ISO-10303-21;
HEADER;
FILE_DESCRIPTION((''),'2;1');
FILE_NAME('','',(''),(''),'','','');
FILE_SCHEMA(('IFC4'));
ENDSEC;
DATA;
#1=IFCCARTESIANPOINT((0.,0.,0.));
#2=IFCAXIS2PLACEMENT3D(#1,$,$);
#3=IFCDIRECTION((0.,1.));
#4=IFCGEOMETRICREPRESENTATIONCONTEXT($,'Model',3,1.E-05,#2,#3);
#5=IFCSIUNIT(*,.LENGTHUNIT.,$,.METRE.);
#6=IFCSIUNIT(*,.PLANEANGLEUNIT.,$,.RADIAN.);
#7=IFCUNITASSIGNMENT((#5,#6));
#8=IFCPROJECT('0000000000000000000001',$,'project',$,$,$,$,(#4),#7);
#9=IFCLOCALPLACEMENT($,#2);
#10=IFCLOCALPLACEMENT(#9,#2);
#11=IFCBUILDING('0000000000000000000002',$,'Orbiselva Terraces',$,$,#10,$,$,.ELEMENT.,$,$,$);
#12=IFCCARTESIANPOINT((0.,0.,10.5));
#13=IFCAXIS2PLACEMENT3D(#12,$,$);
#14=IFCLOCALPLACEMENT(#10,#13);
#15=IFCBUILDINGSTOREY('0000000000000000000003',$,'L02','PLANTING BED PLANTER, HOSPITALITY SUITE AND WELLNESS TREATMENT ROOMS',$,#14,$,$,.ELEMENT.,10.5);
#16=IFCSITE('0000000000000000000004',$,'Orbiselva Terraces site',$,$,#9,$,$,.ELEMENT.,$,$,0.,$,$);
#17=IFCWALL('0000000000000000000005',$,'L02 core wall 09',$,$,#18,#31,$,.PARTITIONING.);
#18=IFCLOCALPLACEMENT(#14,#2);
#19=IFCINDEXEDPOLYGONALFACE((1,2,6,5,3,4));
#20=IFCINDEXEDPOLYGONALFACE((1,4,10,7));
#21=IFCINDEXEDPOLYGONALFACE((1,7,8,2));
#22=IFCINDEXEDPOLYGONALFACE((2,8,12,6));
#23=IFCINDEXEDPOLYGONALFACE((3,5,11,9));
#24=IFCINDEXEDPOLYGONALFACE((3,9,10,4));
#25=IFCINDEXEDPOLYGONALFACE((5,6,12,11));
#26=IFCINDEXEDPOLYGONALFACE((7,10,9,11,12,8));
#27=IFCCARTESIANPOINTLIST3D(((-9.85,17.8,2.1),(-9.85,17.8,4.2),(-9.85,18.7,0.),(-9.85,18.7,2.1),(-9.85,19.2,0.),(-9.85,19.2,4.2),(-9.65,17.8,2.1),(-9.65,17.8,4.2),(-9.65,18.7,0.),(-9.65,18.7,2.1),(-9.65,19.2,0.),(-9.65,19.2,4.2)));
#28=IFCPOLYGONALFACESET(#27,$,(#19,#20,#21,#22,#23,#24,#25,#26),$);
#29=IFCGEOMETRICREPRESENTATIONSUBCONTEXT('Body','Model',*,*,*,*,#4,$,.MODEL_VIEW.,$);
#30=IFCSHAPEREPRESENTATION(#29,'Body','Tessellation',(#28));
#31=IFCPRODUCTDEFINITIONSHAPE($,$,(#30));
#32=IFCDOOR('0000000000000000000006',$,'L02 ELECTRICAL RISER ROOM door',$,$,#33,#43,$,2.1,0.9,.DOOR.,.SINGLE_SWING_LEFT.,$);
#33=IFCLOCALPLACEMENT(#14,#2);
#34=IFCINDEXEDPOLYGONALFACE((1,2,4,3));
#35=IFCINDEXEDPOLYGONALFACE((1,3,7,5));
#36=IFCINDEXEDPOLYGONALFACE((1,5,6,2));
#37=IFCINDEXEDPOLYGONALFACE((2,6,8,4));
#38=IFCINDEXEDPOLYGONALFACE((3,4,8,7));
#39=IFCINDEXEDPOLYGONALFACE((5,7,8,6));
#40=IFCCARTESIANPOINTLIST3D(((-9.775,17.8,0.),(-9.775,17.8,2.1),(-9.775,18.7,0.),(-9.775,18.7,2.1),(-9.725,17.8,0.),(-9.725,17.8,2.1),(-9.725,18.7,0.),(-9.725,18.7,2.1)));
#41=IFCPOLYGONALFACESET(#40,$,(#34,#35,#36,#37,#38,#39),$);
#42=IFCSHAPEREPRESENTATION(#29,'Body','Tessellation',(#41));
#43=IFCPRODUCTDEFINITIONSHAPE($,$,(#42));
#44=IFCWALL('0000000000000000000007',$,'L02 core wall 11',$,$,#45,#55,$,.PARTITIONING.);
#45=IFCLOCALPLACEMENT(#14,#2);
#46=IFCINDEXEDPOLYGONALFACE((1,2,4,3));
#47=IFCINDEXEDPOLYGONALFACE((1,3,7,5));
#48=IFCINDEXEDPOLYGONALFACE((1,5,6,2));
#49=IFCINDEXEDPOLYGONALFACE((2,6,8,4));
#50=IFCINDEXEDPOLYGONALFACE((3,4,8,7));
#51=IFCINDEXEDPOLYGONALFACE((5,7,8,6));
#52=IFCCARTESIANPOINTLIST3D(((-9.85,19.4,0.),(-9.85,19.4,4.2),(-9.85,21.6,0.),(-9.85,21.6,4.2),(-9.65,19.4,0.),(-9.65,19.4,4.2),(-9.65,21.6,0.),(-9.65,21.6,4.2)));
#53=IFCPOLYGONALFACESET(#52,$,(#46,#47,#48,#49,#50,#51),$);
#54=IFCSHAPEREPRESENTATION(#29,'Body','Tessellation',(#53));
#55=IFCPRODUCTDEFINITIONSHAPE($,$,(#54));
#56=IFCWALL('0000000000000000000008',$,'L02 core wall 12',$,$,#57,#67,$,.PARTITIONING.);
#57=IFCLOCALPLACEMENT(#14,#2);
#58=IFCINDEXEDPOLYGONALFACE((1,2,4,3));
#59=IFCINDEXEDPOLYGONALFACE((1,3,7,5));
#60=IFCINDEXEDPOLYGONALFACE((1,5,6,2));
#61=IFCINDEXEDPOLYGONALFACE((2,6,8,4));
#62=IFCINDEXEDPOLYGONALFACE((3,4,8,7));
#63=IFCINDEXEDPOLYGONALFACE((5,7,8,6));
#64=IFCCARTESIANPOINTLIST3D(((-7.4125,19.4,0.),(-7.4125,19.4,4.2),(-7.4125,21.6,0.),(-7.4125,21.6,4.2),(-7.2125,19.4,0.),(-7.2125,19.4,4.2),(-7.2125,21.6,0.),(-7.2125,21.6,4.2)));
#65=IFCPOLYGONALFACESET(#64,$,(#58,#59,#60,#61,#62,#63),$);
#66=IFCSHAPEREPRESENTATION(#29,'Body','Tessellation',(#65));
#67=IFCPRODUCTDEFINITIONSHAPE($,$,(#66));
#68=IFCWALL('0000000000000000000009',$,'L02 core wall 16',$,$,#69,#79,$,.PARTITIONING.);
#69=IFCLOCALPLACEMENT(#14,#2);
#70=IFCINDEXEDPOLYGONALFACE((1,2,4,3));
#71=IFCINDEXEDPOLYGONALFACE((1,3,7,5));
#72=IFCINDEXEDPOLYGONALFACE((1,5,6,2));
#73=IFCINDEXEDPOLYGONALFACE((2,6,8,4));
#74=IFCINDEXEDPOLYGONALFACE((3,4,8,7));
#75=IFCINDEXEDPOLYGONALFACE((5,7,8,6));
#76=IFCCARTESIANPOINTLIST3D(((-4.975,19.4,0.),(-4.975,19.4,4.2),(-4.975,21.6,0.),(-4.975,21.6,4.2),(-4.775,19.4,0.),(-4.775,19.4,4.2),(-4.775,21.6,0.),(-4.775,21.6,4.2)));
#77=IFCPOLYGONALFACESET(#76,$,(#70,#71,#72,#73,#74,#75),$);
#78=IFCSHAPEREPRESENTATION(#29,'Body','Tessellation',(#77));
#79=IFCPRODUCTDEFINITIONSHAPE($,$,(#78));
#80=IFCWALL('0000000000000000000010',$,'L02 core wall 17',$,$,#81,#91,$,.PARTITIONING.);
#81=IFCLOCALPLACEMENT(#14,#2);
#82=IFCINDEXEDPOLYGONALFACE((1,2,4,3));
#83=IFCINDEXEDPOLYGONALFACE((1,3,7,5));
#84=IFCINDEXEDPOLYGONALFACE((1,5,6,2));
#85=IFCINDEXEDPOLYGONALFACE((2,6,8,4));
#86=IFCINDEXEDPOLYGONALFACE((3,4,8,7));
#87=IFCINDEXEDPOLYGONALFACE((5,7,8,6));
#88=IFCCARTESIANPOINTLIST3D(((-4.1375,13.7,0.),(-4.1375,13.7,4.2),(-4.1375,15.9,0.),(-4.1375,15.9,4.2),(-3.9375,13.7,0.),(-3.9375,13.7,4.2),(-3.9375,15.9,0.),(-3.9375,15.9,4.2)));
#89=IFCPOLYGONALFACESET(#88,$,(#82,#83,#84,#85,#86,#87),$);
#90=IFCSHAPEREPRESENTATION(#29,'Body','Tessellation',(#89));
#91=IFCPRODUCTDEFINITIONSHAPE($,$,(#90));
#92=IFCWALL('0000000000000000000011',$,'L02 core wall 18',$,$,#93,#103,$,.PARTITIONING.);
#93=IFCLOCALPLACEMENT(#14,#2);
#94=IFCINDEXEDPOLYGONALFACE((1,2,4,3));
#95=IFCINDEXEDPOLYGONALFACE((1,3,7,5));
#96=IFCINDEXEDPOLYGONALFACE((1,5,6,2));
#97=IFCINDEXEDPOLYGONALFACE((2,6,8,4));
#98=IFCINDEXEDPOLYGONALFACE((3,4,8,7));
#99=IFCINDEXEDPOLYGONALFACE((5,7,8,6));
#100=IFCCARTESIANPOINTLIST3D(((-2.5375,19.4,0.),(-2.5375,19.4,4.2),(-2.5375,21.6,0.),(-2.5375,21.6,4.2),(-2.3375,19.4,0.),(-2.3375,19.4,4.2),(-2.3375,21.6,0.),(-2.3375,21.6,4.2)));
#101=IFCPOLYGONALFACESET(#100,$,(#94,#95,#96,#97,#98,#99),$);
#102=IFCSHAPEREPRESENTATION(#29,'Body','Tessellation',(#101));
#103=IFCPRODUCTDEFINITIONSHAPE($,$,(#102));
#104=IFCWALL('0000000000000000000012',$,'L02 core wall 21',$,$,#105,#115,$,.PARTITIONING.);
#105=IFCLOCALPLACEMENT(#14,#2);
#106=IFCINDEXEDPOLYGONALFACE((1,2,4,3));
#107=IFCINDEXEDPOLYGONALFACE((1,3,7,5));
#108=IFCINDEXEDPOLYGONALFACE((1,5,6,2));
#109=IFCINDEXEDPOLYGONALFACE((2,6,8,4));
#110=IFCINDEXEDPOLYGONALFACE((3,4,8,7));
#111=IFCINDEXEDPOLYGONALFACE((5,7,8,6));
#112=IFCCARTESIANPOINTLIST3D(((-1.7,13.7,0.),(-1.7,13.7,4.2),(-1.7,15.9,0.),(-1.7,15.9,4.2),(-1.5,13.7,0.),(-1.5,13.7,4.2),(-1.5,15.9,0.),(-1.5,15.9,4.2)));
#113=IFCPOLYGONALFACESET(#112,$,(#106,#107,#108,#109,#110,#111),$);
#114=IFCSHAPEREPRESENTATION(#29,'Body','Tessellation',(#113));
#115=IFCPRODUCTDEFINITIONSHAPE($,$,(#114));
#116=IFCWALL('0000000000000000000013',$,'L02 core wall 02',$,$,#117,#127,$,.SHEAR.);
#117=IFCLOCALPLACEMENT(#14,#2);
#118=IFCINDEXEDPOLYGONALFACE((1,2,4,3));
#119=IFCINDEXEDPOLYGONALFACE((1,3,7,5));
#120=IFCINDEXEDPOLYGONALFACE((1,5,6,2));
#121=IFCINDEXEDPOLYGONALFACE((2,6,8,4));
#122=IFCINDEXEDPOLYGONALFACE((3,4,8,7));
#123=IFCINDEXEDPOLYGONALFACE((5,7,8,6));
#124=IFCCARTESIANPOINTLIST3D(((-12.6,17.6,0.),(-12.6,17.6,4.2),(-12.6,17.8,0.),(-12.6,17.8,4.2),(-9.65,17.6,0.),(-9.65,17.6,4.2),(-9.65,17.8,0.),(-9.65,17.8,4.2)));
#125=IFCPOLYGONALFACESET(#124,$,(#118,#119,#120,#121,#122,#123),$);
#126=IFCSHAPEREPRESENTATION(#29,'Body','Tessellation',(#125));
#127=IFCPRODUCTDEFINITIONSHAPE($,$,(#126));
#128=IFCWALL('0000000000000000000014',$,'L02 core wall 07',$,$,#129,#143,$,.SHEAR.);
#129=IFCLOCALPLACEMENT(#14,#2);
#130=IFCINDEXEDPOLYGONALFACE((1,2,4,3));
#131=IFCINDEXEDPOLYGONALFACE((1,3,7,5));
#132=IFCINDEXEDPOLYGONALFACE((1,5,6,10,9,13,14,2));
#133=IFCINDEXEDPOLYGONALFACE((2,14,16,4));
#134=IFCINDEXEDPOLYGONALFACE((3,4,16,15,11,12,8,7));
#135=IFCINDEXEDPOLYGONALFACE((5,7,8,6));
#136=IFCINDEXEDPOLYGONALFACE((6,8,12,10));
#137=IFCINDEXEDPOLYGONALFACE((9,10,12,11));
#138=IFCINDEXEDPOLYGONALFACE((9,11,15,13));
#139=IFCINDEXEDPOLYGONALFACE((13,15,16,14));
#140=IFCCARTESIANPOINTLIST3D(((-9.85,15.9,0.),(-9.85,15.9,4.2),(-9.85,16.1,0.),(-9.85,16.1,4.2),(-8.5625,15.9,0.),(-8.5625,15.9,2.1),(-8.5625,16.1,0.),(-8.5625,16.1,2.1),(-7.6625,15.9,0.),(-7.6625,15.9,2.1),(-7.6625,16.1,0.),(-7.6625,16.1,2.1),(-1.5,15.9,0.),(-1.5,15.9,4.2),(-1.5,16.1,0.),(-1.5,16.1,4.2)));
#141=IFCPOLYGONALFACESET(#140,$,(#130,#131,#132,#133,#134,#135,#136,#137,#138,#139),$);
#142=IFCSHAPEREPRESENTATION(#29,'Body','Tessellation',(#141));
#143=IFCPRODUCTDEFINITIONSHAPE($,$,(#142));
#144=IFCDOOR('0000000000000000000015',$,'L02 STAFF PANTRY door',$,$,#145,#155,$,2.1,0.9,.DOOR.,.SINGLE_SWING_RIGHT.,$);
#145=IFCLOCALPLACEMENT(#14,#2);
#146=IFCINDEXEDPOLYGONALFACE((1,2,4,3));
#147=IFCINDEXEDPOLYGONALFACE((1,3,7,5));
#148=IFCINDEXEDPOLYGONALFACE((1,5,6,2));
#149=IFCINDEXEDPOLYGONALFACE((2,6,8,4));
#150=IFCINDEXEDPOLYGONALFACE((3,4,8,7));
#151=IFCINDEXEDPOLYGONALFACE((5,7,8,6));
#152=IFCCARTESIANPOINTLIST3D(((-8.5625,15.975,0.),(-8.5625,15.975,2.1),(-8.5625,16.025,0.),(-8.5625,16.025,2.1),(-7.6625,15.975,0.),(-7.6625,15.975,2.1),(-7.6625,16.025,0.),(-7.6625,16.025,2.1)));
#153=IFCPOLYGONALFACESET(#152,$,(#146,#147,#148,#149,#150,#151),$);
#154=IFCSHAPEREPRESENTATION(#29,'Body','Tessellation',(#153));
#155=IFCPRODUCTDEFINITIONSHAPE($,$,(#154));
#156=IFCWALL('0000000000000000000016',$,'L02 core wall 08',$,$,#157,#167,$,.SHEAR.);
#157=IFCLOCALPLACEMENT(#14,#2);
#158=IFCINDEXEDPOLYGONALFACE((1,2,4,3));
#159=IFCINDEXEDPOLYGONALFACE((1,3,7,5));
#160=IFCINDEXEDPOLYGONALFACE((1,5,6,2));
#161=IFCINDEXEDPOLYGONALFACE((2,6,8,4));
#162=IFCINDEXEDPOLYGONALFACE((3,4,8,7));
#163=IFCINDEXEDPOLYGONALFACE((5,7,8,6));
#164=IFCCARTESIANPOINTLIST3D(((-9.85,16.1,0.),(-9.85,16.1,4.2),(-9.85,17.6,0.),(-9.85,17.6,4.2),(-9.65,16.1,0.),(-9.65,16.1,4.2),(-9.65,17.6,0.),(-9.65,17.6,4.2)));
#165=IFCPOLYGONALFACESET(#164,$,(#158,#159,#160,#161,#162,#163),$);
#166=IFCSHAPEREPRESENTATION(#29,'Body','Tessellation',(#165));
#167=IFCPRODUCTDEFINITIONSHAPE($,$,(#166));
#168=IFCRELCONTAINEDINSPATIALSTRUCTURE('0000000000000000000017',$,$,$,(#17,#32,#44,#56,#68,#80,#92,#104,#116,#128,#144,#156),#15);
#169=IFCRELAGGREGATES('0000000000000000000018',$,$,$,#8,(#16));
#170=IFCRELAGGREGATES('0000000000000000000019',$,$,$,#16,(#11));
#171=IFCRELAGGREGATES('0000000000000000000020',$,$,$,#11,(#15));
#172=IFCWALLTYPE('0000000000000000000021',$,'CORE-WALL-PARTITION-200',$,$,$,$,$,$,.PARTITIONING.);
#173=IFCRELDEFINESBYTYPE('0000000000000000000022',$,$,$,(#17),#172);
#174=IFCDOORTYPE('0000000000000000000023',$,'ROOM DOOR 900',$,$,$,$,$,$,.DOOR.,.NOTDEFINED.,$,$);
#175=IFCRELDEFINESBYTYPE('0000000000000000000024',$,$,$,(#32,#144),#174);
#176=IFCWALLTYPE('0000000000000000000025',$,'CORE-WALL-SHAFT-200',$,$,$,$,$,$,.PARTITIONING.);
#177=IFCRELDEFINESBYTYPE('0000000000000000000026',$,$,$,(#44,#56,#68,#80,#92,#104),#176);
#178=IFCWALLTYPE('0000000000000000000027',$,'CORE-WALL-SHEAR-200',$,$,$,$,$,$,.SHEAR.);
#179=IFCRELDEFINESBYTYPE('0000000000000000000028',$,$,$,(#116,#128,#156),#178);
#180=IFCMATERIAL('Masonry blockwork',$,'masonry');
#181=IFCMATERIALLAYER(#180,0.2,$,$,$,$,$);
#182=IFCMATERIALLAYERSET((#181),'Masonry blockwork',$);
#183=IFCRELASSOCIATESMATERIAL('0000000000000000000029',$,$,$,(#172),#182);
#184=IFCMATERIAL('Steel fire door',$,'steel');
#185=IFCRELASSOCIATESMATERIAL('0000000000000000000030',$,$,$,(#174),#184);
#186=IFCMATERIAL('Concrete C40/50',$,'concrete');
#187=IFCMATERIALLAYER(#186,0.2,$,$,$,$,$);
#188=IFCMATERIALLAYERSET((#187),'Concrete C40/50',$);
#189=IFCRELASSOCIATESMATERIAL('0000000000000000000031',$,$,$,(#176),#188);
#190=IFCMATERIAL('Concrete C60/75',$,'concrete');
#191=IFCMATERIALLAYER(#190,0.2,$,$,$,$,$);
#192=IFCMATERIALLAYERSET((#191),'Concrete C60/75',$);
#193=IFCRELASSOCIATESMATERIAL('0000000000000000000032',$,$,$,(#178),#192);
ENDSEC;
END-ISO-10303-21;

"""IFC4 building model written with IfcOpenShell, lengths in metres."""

from ifc_helpers import new_model, si_unit, direction, frame, frame_2d, origin, place, context, subcontext, project, spatial, rectangle, extrude, material, layer, layer_set, type_object, element, fill, save


model = new_model("IFC4")

# Units and contexts
model_context = context("Model", 3, precision=1e-05, world=origin(), true_north=direction((0.0, 1.0)))
body_context = subcontext(model_context, "Body", "Model", "MODEL_VIEW")
ifc_project = project(units=[si_unit("LENGTHUNIT", "METRE"), si_unit("PLANEANGLEUNIT", "RADIAN")], contexts=[model_context])

# Site, building, storey
site_placement = place(None, origin())
site = spatial("IfcSite", under=ifc_project, at=site_placement, Name="Orbiselva Terraces site", CompositionType="ELEMENT", RefElevation=0.0)
building_placement = place(site_placement, origin())
building = spatial("IfcBuilding", under=site, at=building_placement, Name="Orbiselva Terraces", CompositionType="ELEMENT")
storey_placement = place(building_placement, frame((0.0, 0.0, 10.5)))
storey = spatial("IfcBuildingStorey", under=building, at=storey_placement, Name="L02", Description="PLANTING BED PLANTER, HOSPITALITY SUITE AND WELLNESS TREATMENT ROOMS", CompositionType="ELEMENT", Elevation=10.5)

# Wall, opening, door
ifc_material_1 = material(Name="Masonry blockwork", Category="masonry")
ifc_layer_1 = layer(ifc_material_1, 0.2)
ifc_layer_set_1 = layer_set([ifc_layer_1], Name="Masonry blockwork")
wall_type_1 = type_object("IfcWallType", Name="CORE-WALL-PARTITION-200", PredefinedType="PARTITIONING", material=ifc_layer_set_1)
wall_1_placement = place(storey_placement, frame((-9.75, 17.8, 0.0), z_axis=(0.0, 0.0, 1.0), x_axis=(0.0, 1.0, 0.0)))
wall_1 = element("IfcWall", 1, at=wall_1_placement, inside=storey, type_object=wall_type_1, Name="L02 core wall 09", PredefinedType="PARTITIONING", context=body_context, shape_type="SweptSolid", body=[
    extrude(rectangle(XDim=1.4, YDim=0.2, at=frame_2d((0.7, 0.0))), origin(), (0.0, 0.0, 1.0), 4.2),
])
opening_1_placement = place(wall_1_placement, origin())
opening_1 = element("IfcOpeningElement", 2, at=opening_1_placement, cuts=wall_1, PredefinedType="OPENING", context=body_context, shape_type="SweptSolid", body=[
    extrude(rectangle(XDim=0.9, YDim=2.1, at=frame_2d((0.45, 1.05))), frame((0.0, 0.11, 0.0), z_axis=(0.0, -1.0, 0.0), x_axis=(1.0, 0.0, 0.0)), (0.0, 0.0, 1.0), 0.22),
])
ifc_material_2 = material(Name="Steel fire door", Category="steel")
door_type_1 = type_object("IfcDoorType", Name="ROOM DOOR 900", OperationType="NOTDEFINED", PredefinedType="DOOR", material=ifc_material_2)
door_1_placement = place(opening_1_placement, origin())
door_1 = element("IfcDoor", 3, at=door_1_placement, inside=storey, type_object=door_type_1, Name="L02 ELECTRICAL RISER ROOM door", OperationType="SINGLE_SWING_LEFT", OverallHeight=2.1, OverallWidth=0.9, PredefinedType="DOOR", context=body_context, shape_type="SweptSolid", body=[
    extrude(rectangle(XDim=0.9, YDim=2.1, at=frame_2d((0.45, 1.05))), frame((0.0, 0.025, 0.0), z_axis=(0.0, -1.0, 0.0), x_axis=(1.0, 0.0, 0.0)), (0.0, 0.0, 1.0), 0.05),
])
fill(opening_1, door_1)

# Walls
ifc_material_3 = material(Name="Concrete C40/50", Category="concrete")
ifc_layer_2 = layer(ifc_material_3, 0.2)
ifc_layer_set_2 = layer_set([ifc_layer_2], Name="Concrete C40/50")
wall_type_2 = type_object("IfcWallType", Name="CORE-WALL-SHAFT-200", PredefinedType="PARTITIONING", material=ifc_layer_set_2)
for number, where, z_axis, x_axis, name in (
    (4, (-9.75, 19.4, 0.0), (0.0, 0.0, 1.0), (0.0, 1.0, 0.0), "L02 core wall 11"),
    (5, (-7.3125, 19.4, 0.0), (0.0, 0.0, 1.0), (0.0, 1.0, 0.0), "L02 core wall 12"),
    (6, (-4.875, 19.4, 0.0), (0.0, 0.0, 1.0), (0.0, 1.0, 0.0), "L02 core wall 16"),
    (7, (-4.0375, 13.7, 0.0), (0.0, 0.0, 1.0), (0.0, 1.0, 0.0), "L02 core wall 17"),
    (8, (-2.4375, 19.4, 0.0), (0.0, 0.0, 1.0), (0.0, 1.0, 0.0), "L02 core wall 18"),
    (9, (-1.6, 13.7, 0.0), (0.0, 0.0, 1.0), (0.0, 1.0, 0.0), "L02 core wall 21"),
):
    element("IfcWall", number, at=place(storey_placement, frame(where, z_axis=z_axis, x_axis=x_axis)), inside=storey, type_object=wall_type_2, Name=name, PredefinedType="PARTITIONING", context=body_context, shape_type="SweptSolid", body=[
        extrude(rectangle(XDim=2.2, YDim=0.2, at=frame_2d((1.1, 0.0))), origin(), (0.0, 0.0, 1.0), 4.2),
    ])
ifc_material_4 = material(Name="Concrete C60/75", Category="concrete")
ifc_layer_3 = layer(ifc_material_4, 0.2)
ifc_layer_set_3 = layer_set([ifc_layer_3], Name="Concrete C60/75")
wall_type_3 = type_object("IfcWallType", Name="CORE-WALL-SHEAR-200", PredefinedType="SHEAR", material=ifc_layer_set_3)
wall_2_placement = place(storey_placement, frame((-12.6, 17.7, 0.0), z_axis=(0.0, 0.0, 1.0), x_axis=(1.0, 0.0, 0.0)))
element("IfcWall", 10, at=wall_2_placement, inside=storey, type_object=wall_type_3, Name="L02 core wall 02", PredefinedType="SHEAR", context=body_context, shape_type="SweptSolid", body=[
    extrude(rectangle(XDim=2.95, YDim=0.2, at=frame_2d((1.475, 0.0))), origin(), (0.0, 0.0, 1.0), 4.2),
])

# Wall, opening, door
wall_3_placement = place(storey_placement, frame((-1.5, 16.0, 0.0), z_axis=(0.0, 0.0, 1.0), x_axis=(-1.0, 0.0, 0.0)))
wall_3 = element("IfcWall", 11, at=wall_3_placement, inside=storey, type_object=wall_type_3, Name="L02 core wall 07", PredefinedType="SHEAR", context=body_context, shape_type="SweptSolid", body=[
    extrude(rectangle(XDim=8.35, YDim=0.2, at=frame_2d((4.175, 0.0))), origin(), (0.0, 0.0, 1.0), 4.2),
])
opening_2_placement = place(wall_3_placement, frame((6.1625, 0.0, 0.0)))
opening_2 = element("IfcOpeningElement", 12, at=opening_2_placement, cuts=wall_3, PredefinedType="OPENING", context=body_context, shape_type="SweptSolid", body=[
    extrude(rectangle(XDim=0.9, YDim=2.1, at=frame_2d((0.45, 1.05))), frame((0.0, 0.11, 0.0), z_axis=(0.0, -1.0, 0.0), x_axis=(1.0, 0.0, 0.0)), (0.0, 0.0, 1.0), 0.22),
])
door_2_placement = place(opening_2_placement, origin())
door_2 = element("IfcDoor", 13, at=door_2_placement, inside=storey, type_object=door_type_1, Name="L02 STAFF PANTRY door", OperationType="SINGLE_SWING_RIGHT", OverallHeight=2.1, OverallWidth=0.9, PredefinedType="DOOR", context=body_context, shape_type="SweptSolid", body=[
    extrude(rectangle(XDim=0.9, YDim=2.1, at=frame_2d((0.45, 1.05))), frame((0.0, 0.025, 0.0), z_axis=(0.0, -1.0, 0.0), x_axis=(1.0, 0.0, 0.0)), (0.0, 0.0, 1.0), 0.05),
])
fill(opening_2, door_2)

# Wall
wall_4_placement = place(storey_placement, frame((-9.75, 16.1, 0.0), z_axis=(0.0, 0.0, 1.0), x_axis=(0.0, 1.0, 0.0)))
element("IfcWall", 14, at=wall_4_placement, inside=storey, type_object=wall_type_3, Name="L02 core wall 08", PredefinedType="SHEAR", context=body_context, shape_type="SweptSolid", body=[
    extrude(rectangle(XDim=1.5, YDim=0.2, at=frame_2d((0.75, 0.0))), origin(), (0.0, 0.0, 1.0), 4.2),
])

save(model, "model.ifc")
